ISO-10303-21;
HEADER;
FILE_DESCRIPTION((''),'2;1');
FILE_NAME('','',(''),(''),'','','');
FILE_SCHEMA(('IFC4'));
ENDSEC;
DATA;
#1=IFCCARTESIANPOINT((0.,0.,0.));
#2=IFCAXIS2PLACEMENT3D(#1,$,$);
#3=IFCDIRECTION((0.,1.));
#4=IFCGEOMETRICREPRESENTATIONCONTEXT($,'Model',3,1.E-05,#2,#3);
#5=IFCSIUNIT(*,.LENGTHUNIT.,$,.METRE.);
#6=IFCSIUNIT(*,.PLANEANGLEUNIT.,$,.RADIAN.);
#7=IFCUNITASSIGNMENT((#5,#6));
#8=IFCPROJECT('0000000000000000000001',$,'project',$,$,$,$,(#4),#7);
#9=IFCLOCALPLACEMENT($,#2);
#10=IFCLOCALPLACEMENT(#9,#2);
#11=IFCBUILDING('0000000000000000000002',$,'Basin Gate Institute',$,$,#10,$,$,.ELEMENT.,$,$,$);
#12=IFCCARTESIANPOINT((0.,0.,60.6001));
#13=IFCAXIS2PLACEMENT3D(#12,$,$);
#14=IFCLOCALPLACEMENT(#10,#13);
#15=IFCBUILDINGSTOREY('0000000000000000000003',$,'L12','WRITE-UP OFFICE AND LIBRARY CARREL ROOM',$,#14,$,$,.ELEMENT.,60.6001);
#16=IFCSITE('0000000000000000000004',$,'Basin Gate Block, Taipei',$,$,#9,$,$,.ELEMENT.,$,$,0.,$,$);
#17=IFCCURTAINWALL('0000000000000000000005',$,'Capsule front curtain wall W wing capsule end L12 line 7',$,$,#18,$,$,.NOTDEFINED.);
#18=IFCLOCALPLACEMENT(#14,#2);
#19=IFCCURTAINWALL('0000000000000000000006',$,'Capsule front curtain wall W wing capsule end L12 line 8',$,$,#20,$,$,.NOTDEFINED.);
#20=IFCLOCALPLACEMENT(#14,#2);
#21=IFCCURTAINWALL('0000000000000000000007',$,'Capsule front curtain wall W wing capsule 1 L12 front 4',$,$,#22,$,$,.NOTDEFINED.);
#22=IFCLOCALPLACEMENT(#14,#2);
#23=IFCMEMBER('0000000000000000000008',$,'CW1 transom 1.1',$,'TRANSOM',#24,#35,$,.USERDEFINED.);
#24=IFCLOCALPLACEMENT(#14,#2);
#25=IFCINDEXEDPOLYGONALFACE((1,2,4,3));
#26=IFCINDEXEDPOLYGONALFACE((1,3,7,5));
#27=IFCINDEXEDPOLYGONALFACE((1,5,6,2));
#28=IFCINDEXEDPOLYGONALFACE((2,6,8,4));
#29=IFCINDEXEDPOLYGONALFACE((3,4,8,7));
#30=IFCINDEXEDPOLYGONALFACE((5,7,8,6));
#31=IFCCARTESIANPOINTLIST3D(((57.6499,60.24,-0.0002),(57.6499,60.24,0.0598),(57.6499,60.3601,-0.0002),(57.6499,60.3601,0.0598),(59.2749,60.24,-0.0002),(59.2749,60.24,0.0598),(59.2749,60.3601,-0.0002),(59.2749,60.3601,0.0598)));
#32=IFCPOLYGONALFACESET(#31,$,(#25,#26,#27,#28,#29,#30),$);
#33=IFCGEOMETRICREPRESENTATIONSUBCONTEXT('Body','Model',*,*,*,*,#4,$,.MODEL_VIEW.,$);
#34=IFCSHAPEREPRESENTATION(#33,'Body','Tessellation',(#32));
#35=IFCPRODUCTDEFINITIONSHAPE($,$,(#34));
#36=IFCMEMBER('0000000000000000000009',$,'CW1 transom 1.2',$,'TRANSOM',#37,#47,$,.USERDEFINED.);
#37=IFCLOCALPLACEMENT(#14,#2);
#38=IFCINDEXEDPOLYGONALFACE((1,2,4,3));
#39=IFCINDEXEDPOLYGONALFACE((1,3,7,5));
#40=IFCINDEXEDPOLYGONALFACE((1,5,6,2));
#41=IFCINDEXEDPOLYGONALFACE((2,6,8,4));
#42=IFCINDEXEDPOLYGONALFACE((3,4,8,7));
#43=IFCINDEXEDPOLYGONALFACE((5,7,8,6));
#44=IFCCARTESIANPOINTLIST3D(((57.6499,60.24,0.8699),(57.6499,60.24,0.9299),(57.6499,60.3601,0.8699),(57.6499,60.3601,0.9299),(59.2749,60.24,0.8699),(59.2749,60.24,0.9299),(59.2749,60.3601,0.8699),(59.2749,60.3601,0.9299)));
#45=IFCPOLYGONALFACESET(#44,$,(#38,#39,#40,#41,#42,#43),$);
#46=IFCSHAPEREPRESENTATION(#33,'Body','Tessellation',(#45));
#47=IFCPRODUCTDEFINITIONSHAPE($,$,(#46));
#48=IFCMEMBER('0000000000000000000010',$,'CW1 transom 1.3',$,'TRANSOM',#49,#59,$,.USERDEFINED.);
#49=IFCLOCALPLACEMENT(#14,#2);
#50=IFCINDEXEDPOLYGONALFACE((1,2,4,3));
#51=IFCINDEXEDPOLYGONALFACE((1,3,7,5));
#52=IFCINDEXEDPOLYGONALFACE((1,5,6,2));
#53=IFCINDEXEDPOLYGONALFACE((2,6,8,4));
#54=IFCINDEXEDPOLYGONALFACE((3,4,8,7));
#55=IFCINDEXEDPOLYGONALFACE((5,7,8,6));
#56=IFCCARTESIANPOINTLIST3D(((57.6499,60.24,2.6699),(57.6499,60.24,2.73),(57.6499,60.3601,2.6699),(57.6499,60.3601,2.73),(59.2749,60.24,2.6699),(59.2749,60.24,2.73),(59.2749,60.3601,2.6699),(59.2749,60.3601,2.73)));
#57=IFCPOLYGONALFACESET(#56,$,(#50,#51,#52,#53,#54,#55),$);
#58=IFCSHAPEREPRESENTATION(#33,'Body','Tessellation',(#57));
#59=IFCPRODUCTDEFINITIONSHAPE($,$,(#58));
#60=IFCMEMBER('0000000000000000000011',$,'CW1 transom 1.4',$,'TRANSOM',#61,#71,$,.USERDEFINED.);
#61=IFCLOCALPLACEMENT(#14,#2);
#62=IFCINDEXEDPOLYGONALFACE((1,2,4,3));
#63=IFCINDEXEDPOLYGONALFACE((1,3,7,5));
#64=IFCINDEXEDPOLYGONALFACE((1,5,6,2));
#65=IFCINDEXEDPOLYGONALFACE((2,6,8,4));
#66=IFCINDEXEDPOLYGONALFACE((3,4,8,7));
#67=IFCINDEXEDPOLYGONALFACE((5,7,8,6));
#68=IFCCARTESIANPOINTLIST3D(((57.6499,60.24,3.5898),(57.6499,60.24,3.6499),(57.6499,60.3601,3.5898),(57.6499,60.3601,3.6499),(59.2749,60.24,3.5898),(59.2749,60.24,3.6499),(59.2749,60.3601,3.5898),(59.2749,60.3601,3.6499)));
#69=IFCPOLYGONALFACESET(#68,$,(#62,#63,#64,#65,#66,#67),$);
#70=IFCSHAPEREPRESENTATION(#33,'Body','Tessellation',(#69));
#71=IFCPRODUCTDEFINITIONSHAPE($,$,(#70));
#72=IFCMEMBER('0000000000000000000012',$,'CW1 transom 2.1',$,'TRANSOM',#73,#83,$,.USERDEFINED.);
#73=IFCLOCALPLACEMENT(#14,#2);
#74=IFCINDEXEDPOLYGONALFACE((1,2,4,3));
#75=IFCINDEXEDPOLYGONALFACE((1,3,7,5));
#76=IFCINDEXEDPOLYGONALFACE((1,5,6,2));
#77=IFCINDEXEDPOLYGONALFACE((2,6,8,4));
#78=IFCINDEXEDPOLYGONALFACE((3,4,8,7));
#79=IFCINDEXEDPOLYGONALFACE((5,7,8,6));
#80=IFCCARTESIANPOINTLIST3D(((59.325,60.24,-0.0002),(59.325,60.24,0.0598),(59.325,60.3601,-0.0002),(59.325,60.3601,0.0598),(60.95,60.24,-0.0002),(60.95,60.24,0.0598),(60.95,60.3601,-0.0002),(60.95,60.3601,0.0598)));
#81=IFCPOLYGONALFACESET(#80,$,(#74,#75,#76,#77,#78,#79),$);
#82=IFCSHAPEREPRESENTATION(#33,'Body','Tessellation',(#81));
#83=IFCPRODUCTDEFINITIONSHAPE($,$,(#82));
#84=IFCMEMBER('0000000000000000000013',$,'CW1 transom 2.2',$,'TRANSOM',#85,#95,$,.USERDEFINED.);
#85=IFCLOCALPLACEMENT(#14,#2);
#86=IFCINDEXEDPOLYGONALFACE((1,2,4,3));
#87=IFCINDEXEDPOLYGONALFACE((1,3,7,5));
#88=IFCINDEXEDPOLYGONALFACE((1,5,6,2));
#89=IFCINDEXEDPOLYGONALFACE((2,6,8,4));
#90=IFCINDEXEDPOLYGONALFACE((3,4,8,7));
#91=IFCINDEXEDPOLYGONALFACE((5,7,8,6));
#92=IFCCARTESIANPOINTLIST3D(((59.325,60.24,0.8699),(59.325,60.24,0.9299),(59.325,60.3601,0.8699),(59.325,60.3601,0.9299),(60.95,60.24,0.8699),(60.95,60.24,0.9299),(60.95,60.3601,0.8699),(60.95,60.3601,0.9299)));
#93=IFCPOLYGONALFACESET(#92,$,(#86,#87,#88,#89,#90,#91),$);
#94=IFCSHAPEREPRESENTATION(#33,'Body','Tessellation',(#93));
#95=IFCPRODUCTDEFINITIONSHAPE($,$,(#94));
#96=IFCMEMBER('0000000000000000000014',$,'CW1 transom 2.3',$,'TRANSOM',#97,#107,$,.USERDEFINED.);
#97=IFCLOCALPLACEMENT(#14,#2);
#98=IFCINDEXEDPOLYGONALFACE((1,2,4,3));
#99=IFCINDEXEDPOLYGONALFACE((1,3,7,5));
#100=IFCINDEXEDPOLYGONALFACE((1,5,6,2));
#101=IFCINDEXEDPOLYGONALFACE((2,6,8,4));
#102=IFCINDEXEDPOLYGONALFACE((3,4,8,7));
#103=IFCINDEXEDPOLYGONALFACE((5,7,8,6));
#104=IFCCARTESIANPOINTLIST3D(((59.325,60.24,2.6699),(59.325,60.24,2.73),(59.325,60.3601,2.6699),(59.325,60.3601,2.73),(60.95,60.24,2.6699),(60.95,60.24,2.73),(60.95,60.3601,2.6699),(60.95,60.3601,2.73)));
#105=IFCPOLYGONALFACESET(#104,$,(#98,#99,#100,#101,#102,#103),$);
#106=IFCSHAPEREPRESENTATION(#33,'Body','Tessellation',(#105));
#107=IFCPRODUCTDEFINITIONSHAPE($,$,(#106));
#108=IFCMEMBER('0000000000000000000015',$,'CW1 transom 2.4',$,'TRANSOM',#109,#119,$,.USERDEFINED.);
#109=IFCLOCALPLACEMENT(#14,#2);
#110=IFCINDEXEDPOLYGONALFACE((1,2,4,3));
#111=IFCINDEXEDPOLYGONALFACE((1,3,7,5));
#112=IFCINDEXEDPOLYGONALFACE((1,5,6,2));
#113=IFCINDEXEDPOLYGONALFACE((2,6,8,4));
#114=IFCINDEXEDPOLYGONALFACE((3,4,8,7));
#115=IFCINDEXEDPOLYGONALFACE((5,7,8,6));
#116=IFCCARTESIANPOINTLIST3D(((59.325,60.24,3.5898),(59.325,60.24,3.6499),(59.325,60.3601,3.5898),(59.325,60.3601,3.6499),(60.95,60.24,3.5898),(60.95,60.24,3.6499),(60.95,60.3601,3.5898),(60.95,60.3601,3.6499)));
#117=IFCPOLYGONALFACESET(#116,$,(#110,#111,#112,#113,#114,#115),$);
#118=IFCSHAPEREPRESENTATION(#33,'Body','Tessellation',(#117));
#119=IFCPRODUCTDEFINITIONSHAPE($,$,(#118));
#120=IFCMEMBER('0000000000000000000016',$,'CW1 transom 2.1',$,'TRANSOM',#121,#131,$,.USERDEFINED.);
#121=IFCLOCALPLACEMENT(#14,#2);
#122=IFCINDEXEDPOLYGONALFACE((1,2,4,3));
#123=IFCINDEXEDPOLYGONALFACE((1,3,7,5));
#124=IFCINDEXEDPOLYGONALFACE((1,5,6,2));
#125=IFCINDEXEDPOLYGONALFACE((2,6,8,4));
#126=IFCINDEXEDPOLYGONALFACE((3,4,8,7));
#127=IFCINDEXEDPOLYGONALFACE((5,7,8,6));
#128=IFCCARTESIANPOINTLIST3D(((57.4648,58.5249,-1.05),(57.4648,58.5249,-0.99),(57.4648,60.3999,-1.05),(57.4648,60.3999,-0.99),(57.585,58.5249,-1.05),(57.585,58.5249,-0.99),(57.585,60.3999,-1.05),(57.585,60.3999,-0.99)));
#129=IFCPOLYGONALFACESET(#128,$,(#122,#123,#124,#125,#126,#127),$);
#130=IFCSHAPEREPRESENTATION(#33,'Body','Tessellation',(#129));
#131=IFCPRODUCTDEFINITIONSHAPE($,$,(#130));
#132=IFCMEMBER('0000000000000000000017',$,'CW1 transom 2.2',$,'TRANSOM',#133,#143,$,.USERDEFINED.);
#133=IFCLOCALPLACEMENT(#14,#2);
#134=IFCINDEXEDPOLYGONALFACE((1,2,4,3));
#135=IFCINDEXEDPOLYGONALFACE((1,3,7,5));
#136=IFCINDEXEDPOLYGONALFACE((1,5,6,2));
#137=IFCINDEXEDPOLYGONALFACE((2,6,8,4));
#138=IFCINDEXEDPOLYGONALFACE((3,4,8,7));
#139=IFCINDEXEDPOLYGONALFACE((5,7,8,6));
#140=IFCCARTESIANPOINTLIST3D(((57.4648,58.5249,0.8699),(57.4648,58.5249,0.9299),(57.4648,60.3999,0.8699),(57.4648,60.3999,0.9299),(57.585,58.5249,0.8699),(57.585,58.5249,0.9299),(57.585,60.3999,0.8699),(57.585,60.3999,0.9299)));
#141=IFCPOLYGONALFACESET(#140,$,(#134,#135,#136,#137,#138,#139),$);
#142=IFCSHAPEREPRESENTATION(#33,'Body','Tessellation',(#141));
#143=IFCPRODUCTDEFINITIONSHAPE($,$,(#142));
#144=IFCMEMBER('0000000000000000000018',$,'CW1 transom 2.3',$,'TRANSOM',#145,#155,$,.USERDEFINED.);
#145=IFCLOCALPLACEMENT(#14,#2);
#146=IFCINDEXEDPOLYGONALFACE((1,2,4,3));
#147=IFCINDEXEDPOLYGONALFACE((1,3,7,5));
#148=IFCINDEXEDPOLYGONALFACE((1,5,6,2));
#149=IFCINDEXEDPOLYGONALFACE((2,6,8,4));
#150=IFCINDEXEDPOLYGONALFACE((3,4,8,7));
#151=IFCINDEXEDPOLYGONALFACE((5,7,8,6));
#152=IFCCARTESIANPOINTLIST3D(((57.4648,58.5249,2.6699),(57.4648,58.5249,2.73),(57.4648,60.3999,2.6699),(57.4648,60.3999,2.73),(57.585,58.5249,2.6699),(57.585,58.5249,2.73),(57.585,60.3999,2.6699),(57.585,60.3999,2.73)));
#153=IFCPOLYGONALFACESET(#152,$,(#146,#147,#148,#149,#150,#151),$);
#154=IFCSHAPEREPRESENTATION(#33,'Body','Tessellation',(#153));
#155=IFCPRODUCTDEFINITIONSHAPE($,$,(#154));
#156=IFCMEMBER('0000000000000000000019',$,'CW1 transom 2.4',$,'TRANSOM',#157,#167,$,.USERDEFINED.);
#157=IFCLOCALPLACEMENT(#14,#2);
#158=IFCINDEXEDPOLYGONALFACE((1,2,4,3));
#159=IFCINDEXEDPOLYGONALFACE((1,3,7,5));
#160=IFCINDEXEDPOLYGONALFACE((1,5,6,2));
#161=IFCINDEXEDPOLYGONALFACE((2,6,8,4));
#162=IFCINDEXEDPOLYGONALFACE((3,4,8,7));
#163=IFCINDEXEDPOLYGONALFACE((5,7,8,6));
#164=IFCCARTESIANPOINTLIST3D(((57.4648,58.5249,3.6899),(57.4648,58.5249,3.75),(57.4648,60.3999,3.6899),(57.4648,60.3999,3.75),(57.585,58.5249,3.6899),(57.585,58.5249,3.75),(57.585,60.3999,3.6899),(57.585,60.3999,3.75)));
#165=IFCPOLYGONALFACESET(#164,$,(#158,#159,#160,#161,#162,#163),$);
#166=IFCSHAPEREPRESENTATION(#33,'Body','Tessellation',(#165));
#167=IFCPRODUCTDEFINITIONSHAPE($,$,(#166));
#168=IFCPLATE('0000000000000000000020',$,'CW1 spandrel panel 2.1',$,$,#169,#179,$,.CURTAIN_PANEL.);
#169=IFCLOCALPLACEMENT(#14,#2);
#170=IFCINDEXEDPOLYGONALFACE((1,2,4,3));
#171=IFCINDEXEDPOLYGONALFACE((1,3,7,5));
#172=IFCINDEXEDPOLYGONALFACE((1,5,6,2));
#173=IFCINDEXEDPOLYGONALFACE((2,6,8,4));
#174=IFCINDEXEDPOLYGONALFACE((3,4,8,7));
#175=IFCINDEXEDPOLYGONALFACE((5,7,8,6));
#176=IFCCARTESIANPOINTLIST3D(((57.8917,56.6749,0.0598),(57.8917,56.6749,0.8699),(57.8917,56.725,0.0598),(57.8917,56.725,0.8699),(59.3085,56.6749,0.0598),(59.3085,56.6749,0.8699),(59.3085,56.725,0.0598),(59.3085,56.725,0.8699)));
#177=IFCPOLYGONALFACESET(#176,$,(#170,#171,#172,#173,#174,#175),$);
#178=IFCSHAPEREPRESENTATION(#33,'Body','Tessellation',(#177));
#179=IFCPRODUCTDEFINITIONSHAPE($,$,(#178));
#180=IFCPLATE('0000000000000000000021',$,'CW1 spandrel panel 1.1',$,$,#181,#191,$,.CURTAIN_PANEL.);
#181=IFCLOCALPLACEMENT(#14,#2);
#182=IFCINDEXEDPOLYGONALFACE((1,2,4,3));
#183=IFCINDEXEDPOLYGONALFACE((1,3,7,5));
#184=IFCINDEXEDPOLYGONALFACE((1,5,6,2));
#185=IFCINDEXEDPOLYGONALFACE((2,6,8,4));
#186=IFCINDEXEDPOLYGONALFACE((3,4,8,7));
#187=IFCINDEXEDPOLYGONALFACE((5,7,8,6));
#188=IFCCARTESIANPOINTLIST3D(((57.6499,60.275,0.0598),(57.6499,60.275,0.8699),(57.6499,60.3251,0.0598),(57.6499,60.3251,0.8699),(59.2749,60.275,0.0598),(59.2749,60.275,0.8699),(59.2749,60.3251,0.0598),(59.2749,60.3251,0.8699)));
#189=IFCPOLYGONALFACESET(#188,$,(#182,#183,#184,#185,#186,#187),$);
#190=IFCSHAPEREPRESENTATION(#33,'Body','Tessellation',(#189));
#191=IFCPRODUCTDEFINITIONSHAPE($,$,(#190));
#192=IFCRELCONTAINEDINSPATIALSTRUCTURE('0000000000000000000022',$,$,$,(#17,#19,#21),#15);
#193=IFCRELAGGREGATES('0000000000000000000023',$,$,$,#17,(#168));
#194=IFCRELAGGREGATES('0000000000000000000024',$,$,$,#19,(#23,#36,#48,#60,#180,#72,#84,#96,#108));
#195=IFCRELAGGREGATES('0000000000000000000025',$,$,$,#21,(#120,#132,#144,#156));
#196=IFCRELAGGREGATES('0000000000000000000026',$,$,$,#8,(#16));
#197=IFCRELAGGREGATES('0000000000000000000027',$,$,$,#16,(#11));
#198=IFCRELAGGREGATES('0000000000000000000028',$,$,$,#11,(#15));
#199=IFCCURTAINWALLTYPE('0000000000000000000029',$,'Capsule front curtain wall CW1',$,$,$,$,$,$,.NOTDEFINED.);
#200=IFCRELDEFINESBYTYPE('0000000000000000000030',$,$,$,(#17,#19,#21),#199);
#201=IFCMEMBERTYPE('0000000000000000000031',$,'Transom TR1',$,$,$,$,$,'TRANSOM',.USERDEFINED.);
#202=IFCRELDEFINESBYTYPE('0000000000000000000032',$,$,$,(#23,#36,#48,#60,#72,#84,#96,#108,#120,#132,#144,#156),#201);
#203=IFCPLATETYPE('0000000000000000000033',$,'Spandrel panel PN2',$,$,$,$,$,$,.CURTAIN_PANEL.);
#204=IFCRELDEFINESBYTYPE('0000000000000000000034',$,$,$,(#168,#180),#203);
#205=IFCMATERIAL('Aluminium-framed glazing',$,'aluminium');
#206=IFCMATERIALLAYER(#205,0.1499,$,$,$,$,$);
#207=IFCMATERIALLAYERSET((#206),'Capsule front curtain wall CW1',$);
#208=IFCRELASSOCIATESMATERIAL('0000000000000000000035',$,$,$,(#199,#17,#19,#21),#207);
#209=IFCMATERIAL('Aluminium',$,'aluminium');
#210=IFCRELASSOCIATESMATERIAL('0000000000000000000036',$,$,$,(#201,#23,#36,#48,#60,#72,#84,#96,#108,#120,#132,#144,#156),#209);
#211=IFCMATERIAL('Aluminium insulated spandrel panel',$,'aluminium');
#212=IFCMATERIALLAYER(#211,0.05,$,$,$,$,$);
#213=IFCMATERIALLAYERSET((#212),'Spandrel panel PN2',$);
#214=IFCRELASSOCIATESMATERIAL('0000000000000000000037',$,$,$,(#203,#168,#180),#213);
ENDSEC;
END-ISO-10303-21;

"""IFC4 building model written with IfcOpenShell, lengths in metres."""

from ifc_helpers import new_model, si_unit, direction, frame, origin, origin_2d, place, context, subcontext, project, spatial, rectangle, extrude, material, layer, layer_set, material_profile, profile_set, type_object, element, aggregate, save


model = new_model("IFC4")

# Units and contexts
model_context = context("Model", 3, precision=1e-05, world=origin(), true_north=direction((0.0, 1.0)))
body_context = subcontext(model_context, "Body", "Model", "MODEL_VIEW")
ifc_project = project(units=[si_unit("LENGTHUNIT", "METRE"), si_unit("PLANEANGLEUNIT", "RADIAN")], contexts=[model_context])

# Site, building, storey
site_placement = place(None, origin())
site = spatial("IfcSite", under=ifc_project, at=site_placement, Name="Basin Gate Block, Taipei", CompositionType="ELEMENT", RefElevation=0.0)
building_placement = place(site_placement, origin())
building = spatial("IfcBuilding", under=site, at=building_placement, Name="Basin Gate Institute", CompositionType="ELEMENT")
storey_placement = place(building_placement, frame((0.0, 0.0, 60.6001)))
storey = spatial("IfcBuildingStorey", under=building, at=storey_placement, Name="L12", Description="WRITE-UP OFFICE AND LIBRARY CARREL ROOM", CompositionType="ELEMENT", Elevation=60.6001)

# Curtain wall
ifc_material_1 = material(Name="Aluminium-framed glazing", Category="aluminium")
ifc_layer_1 = layer(ifc_material_1, 0.1499)
ifc_layer_set_1 = layer_set([ifc_layer_1], Name="Capsule front curtain wall CW1")
curtain_wall_type = type_object("IfcCurtainWallType", Name="Capsule front curtain wall CW1", PredefinedType="NOTDEFINED", material=ifc_layer_set_1)
curtain_wall_1_placement = place(storey_placement, origin())
curtain_wall_1 = element("IfcCurtainWall", 1, at=curtain_wall_1_placement, inside=storey, type_object=curtain_wall_type, material=ifc_layer_set_1, Name="Capsule front curtain wall W wing capsule end L12 line 7", PredefinedType="NOTDEFINED")

# Curtain wall
curtain_wall_2_placement = place(storey_placement, origin())
curtain_wall_2 = element("IfcCurtainWall", 2, at=curtain_wall_2_placement, inside=storey, type_object=curtain_wall_type, material=ifc_layer_set_1, Name="Capsule front curtain wall W wing capsule end L12 line 8", PredefinedType="NOTDEFINED")

# Curtain wall
curtain_wall_3_placement = place(storey_placement, origin())
curtain_wall_3 = element("IfcCurtainWall", 3, at=curtain_wall_3_placement, inside=storey, type_object=curtain_wall_type, material=ifc_layer_set_1, Name="Capsule front curtain wall W wing capsule 1 L12 front 4", PredefinedType="NOTDEFINED")

# Members
ifc_material_2 = material(Name="Aluminium", Category="aluminium")
ifc_material_profile_1 = material_profile(ifc_material_2, rectangle(XDim=0.1201, YDim=0.0601, at=origin_2d()), Name="Transom TR1 120 x 60")
ifc_profile_set_1 = profile_set([ifc_material_profile_1], Name="Aluminium")
member_type_1 = type_object("IfcMemberType", Name="Transom TR1", ElementType="TRANSOM", PredefinedType="USERDEFINED", material=ifc_profile_set_1)
member_1_placement = place(storey_placement, frame((57.6499, 60.3, 0.0298), z_axis=(1.0, 0.0, 0.0), x_axis=(0.0, 1.0, 0.0)))
member_1 = element("IfcMember", 4, at=member_1_placement, type_object=member_type_1, material=ifc_profile_set_1, Name="CW1 transom 1.1", ObjectType="TRANSOM", PredefinedType="USERDEFINED", context=body_context, shape_type="SweptSolid", body=[
    extrude(rectangle(XDim=0.1201, YDim=0.0601, at=origin_2d()), origin(), (0.0, 0.0, 1.0), 1.625),
])
member_2_placement = place(storey_placement, frame((57.6499, 60.3, 0.8999), z_axis=(1.0, 0.0, 0.0), x_axis=(0.0, 1.0, 0.0)))
member_2 = element("IfcMember", 5, at=member_2_placement, type_object=member_type_1, material=ifc_profile_set_1, Name="CW1 transom 1.2", ObjectType="TRANSOM", PredefinedType="USERDEFINED", context=body_context, shape_type="SweptSolid", body=[
    extrude(rectangle(XDim=0.1201, YDim=0.0601, at=origin_2d()), origin(), (0.0, 0.0, 1.0), 1.625),
])
member_3_placement = place(storey_placement, frame((57.6499, 60.3, 2.7), z_axis=(1.0, 0.0, 0.0), x_axis=(0.0, 1.0, 0.0)))
member_3 = element("IfcMember", 6, at=member_3_placement, type_object=member_type_1, material=ifc_profile_set_1, Name="CW1 transom 1.3", ObjectType="TRANSOM", PredefinedType="USERDEFINED", context=body_context, shape_type="SweptSolid", body=[
    extrude(rectangle(XDim=0.1201, YDim=0.0601, at=origin_2d()), origin(), (0.0, 0.0, 1.0), 1.625),
])
member_4_placement = place(storey_placement, frame((57.6499, 60.3, 3.6199), z_axis=(1.0, 0.0, 0.0), x_axis=(0.0, 1.0, 0.0)))
member_4 = element("IfcMember", 7, at=member_4_placement, type_object=member_type_1, material=ifc_profile_set_1, Name="CW1 transom 1.4", ObjectType="TRANSOM", PredefinedType="USERDEFINED", context=body_context, shape_type="SweptSolid", body=[
    extrude(rectangle(XDim=0.1201, YDim=0.0601, at=origin_2d()), origin(), (0.0, 0.0, 1.0), 1.625),
])
member_5_placement = place(storey_placement, frame((59.325, 60.3, 0.0298), z_axis=(1.0, 0.0, 0.0), x_axis=(0.0, 1.0, 0.0)))
member_5 = element("IfcMember", 8, at=member_5_placement, type_object=member_type_1, material=ifc_profile_set_1, Name="CW1 transom 2.1", ObjectType="TRANSOM", PredefinedType="USERDEFINED", context=body_context, shape_type="SweptSolid", body=[
    extrude(rectangle(XDim=0.1201, YDim=0.0601, at=origin_2d()), origin(), (0.0, 0.0, 1.0), 1.625),
])
member_6_placement = place(storey_placement, frame((59.325, 60.3, 0.8999), z_axis=(1.0, 0.0, 0.0), x_axis=(0.0, 1.0, 0.0)))
member_6 = element("IfcMember", 9, at=member_6_placement, type_object=member_type_1, material=ifc_profile_set_1, Name="CW1 transom 2.2", ObjectType="TRANSOM", PredefinedType="USERDEFINED", context=body_context, shape_type="SweptSolid", body=[
    extrude(rectangle(XDim=0.1201, YDim=0.0601, at=origin_2d()), origin(), (0.0, 0.0, 1.0), 1.625),
])
member_7_placement = place(storey_placement, frame((59.325, 60.3, 2.7), z_axis=(1.0, 0.0, 0.0), x_axis=(0.0, 1.0, 0.0)))
member_7 = element("IfcMember", 10, at=member_7_placement, type_object=member_type_1, material=ifc_profile_set_1, Name="CW1 transom 2.3", ObjectType="TRANSOM", PredefinedType="USERDEFINED", context=body_context, shape_type="SweptSolid", body=[
    extrude(rectangle(XDim=0.1201, YDim=0.0601, at=origin_2d()), origin(), (0.0, 0.0, 1.0), 1.625),
])
member_8_placement = place(storey_placement, frame((59.325, 60.3, 3.6199), z_axis=(1.0, 0.0, 0.0), x_axis=(0.0, 1.0, 0.0)))
member_8 = element("IfcMember", 11, at=member_8_placement, type_object=member_type_1, material=ifc_profile_set_1, Name="CW1 transom 2.4", ObjectType="TRANSOM", PredefinedType="USERDEFINED", context=body_context, shape_type="SweptSolid", body=[
    extrude(rectangle(XDim=0.1201, YDim=0.0601, at=origin_2d()), origin(), (0.0, 0.0, 1.0), 1.625),
])
member_9_placement = place(storey_placement, frame((57.5249, 58.5249, -1.02), z_axis=(0.0, 1.0, 0.0), x_axis=(-1.0, 0.0, 0.0)))
member_9 = element("IfcMember", 12, at=member_9_placement, type_object=member_type_1, material=ifc_profile_set_1, Name="CW1 transom 2.1", ObjectType="TRANSOM", PredefinedType="USERDEFINED", context=body_context, shape_type="SweptSolid", body=[
    extrude(rectangle(XDim=0.1201, YDim=0.0601, at=origin_2d()), origin(), (0.0, 0.0, 1.0), 1.875),
])
member_10_placement = place(storey_placement, frame((57.5249, 58.5249, 0.8999), z_axis=(0.0, 1.0, 0.0), x_axis=(-1.0, 0.0, 0.0)))
member_10 = element("IfcMember", 13, at=member_10_placement, type_object=member_type_1, material=ifc_profile_set_1, Name="CW1 transom 2.2", ObjectType="TRANSOM", PredefinedType="USERDEFINED", context=body_context, shape_type="SweptSolid", body=[
    extrude(rectangle(XDim=0.1201, YDim=0.0601, at=origin_2d()), origin(), (0.0, 0.0, 1.0), 1.875),
])
member_11_placement = place(storey_placement, frame((57.5249, 58.5249, 2.7), z_axis=(0.0, 1.0, 0.0), x_axis=(-1.0, 0.0, 0.0)))
member_11 = element("IfcMember", 14, at=member_11_placement, type_object=member_type_1, material=ifc_profile_set_1, Name="CW1 transom 2.3", ObjectType="TRANSOM", PredefinedType="USERDEFINED", context=body_context, shape_type="SweptSolid", body=[
    extrude(rectangle(XDim=0.1201, YDim=0.0601, at=origin_2d()), origin(), (0.0, 0.0, 1.0), 1.875),
])
member_12_placement = place(storey_placement, frame((57.5249, 58.5249, 3.72), z_axis=(0.0, 1.0, 0.0), x_axis=(-1.0, 0.0, 0.0)))
member_12 = element("IfcMember", 15, at=member_12_placement, type_object=member_type_1, material=ifc_profile_set_1, Name="CW1 transom 2.4", ObjectType="TRANSOM", PredefinedType="USERDEFINED", context=body_context, shape_type="SweptSolid", body=[
    extrude(rectangle(XDim=0.1201, YDim=0.0601, at=origin_2d()), origin(), (0.0, 0.0, 1.0), 1.875),
])

# Plates
ifc_material_3 = material(Name="Aluminium insulated spandrel panel", Category="aluminium")
ifc_layer_2 = layer(ifc_material_3, 0.05)
ifc_layer_set_2 = layer_set([ifc_layer_2], Name="Spandrel panel PN2")
plate_type_1 = type_object("IfcPlateType", Name="Spandrel panel PN2", PredefinedType="CURTAIN_PANEL", material=ifc_layer_set_2)
plate_1_placement = place(storey_placement, frame((58.6001, 56.7, 0.0598), z_axis=(0.0, 0.0, 1.0), x_axis=(1.0, 0.0, 0.0)))
plate_1 = element("IfcPlate", 16, at=plate_1_placement, type_object=plate_type_1, material=ifc_layer_set_2, Name="CW1 spandrel panel 2.1", PredefinedType="CURTAIN_PANEL", context=body_context, shape_type="SweptSolid", body=[
    extrude(rectangle(XDim=1.4167, YDim=0.05, at=origin_2d()), origin(), (0.0, 0.0, 1.0), 0.8101),
])
plate_2_placement = place(storey_placement, frame((58.4624, 60.3, 0.0598), z_axis=(0.0, 0.0, 1.0), x_axis=(1.0, 0.0, 0.0)))
plate_2 = element("IfcPlate", 17, at=plate_2_placement, type_object=plate_type_1, material=ifc_layer_set_2, Name="CW1 spandrel panel 1.1", PredefinedType="CURTAIN_PANEL", context=body_context, shape_type="SweptSolid", body=[
    extrude(rectangle(XDim=1.625, YDim=0.05, at=origin_2d()), origin(), (0.0, 0.0, 1.0), 0.8101),
])
aggregate(curtain_wall_1, [plate_1])
aggregate(curtain_wall_2, [member_1, member_2, member_3, member_4, plate_2, member_5, member_6, member_7, member_8])
aggregate(curtain_wall_3, [member_9, member_10, member_11, member_12])

save(model, "model.ifc")
